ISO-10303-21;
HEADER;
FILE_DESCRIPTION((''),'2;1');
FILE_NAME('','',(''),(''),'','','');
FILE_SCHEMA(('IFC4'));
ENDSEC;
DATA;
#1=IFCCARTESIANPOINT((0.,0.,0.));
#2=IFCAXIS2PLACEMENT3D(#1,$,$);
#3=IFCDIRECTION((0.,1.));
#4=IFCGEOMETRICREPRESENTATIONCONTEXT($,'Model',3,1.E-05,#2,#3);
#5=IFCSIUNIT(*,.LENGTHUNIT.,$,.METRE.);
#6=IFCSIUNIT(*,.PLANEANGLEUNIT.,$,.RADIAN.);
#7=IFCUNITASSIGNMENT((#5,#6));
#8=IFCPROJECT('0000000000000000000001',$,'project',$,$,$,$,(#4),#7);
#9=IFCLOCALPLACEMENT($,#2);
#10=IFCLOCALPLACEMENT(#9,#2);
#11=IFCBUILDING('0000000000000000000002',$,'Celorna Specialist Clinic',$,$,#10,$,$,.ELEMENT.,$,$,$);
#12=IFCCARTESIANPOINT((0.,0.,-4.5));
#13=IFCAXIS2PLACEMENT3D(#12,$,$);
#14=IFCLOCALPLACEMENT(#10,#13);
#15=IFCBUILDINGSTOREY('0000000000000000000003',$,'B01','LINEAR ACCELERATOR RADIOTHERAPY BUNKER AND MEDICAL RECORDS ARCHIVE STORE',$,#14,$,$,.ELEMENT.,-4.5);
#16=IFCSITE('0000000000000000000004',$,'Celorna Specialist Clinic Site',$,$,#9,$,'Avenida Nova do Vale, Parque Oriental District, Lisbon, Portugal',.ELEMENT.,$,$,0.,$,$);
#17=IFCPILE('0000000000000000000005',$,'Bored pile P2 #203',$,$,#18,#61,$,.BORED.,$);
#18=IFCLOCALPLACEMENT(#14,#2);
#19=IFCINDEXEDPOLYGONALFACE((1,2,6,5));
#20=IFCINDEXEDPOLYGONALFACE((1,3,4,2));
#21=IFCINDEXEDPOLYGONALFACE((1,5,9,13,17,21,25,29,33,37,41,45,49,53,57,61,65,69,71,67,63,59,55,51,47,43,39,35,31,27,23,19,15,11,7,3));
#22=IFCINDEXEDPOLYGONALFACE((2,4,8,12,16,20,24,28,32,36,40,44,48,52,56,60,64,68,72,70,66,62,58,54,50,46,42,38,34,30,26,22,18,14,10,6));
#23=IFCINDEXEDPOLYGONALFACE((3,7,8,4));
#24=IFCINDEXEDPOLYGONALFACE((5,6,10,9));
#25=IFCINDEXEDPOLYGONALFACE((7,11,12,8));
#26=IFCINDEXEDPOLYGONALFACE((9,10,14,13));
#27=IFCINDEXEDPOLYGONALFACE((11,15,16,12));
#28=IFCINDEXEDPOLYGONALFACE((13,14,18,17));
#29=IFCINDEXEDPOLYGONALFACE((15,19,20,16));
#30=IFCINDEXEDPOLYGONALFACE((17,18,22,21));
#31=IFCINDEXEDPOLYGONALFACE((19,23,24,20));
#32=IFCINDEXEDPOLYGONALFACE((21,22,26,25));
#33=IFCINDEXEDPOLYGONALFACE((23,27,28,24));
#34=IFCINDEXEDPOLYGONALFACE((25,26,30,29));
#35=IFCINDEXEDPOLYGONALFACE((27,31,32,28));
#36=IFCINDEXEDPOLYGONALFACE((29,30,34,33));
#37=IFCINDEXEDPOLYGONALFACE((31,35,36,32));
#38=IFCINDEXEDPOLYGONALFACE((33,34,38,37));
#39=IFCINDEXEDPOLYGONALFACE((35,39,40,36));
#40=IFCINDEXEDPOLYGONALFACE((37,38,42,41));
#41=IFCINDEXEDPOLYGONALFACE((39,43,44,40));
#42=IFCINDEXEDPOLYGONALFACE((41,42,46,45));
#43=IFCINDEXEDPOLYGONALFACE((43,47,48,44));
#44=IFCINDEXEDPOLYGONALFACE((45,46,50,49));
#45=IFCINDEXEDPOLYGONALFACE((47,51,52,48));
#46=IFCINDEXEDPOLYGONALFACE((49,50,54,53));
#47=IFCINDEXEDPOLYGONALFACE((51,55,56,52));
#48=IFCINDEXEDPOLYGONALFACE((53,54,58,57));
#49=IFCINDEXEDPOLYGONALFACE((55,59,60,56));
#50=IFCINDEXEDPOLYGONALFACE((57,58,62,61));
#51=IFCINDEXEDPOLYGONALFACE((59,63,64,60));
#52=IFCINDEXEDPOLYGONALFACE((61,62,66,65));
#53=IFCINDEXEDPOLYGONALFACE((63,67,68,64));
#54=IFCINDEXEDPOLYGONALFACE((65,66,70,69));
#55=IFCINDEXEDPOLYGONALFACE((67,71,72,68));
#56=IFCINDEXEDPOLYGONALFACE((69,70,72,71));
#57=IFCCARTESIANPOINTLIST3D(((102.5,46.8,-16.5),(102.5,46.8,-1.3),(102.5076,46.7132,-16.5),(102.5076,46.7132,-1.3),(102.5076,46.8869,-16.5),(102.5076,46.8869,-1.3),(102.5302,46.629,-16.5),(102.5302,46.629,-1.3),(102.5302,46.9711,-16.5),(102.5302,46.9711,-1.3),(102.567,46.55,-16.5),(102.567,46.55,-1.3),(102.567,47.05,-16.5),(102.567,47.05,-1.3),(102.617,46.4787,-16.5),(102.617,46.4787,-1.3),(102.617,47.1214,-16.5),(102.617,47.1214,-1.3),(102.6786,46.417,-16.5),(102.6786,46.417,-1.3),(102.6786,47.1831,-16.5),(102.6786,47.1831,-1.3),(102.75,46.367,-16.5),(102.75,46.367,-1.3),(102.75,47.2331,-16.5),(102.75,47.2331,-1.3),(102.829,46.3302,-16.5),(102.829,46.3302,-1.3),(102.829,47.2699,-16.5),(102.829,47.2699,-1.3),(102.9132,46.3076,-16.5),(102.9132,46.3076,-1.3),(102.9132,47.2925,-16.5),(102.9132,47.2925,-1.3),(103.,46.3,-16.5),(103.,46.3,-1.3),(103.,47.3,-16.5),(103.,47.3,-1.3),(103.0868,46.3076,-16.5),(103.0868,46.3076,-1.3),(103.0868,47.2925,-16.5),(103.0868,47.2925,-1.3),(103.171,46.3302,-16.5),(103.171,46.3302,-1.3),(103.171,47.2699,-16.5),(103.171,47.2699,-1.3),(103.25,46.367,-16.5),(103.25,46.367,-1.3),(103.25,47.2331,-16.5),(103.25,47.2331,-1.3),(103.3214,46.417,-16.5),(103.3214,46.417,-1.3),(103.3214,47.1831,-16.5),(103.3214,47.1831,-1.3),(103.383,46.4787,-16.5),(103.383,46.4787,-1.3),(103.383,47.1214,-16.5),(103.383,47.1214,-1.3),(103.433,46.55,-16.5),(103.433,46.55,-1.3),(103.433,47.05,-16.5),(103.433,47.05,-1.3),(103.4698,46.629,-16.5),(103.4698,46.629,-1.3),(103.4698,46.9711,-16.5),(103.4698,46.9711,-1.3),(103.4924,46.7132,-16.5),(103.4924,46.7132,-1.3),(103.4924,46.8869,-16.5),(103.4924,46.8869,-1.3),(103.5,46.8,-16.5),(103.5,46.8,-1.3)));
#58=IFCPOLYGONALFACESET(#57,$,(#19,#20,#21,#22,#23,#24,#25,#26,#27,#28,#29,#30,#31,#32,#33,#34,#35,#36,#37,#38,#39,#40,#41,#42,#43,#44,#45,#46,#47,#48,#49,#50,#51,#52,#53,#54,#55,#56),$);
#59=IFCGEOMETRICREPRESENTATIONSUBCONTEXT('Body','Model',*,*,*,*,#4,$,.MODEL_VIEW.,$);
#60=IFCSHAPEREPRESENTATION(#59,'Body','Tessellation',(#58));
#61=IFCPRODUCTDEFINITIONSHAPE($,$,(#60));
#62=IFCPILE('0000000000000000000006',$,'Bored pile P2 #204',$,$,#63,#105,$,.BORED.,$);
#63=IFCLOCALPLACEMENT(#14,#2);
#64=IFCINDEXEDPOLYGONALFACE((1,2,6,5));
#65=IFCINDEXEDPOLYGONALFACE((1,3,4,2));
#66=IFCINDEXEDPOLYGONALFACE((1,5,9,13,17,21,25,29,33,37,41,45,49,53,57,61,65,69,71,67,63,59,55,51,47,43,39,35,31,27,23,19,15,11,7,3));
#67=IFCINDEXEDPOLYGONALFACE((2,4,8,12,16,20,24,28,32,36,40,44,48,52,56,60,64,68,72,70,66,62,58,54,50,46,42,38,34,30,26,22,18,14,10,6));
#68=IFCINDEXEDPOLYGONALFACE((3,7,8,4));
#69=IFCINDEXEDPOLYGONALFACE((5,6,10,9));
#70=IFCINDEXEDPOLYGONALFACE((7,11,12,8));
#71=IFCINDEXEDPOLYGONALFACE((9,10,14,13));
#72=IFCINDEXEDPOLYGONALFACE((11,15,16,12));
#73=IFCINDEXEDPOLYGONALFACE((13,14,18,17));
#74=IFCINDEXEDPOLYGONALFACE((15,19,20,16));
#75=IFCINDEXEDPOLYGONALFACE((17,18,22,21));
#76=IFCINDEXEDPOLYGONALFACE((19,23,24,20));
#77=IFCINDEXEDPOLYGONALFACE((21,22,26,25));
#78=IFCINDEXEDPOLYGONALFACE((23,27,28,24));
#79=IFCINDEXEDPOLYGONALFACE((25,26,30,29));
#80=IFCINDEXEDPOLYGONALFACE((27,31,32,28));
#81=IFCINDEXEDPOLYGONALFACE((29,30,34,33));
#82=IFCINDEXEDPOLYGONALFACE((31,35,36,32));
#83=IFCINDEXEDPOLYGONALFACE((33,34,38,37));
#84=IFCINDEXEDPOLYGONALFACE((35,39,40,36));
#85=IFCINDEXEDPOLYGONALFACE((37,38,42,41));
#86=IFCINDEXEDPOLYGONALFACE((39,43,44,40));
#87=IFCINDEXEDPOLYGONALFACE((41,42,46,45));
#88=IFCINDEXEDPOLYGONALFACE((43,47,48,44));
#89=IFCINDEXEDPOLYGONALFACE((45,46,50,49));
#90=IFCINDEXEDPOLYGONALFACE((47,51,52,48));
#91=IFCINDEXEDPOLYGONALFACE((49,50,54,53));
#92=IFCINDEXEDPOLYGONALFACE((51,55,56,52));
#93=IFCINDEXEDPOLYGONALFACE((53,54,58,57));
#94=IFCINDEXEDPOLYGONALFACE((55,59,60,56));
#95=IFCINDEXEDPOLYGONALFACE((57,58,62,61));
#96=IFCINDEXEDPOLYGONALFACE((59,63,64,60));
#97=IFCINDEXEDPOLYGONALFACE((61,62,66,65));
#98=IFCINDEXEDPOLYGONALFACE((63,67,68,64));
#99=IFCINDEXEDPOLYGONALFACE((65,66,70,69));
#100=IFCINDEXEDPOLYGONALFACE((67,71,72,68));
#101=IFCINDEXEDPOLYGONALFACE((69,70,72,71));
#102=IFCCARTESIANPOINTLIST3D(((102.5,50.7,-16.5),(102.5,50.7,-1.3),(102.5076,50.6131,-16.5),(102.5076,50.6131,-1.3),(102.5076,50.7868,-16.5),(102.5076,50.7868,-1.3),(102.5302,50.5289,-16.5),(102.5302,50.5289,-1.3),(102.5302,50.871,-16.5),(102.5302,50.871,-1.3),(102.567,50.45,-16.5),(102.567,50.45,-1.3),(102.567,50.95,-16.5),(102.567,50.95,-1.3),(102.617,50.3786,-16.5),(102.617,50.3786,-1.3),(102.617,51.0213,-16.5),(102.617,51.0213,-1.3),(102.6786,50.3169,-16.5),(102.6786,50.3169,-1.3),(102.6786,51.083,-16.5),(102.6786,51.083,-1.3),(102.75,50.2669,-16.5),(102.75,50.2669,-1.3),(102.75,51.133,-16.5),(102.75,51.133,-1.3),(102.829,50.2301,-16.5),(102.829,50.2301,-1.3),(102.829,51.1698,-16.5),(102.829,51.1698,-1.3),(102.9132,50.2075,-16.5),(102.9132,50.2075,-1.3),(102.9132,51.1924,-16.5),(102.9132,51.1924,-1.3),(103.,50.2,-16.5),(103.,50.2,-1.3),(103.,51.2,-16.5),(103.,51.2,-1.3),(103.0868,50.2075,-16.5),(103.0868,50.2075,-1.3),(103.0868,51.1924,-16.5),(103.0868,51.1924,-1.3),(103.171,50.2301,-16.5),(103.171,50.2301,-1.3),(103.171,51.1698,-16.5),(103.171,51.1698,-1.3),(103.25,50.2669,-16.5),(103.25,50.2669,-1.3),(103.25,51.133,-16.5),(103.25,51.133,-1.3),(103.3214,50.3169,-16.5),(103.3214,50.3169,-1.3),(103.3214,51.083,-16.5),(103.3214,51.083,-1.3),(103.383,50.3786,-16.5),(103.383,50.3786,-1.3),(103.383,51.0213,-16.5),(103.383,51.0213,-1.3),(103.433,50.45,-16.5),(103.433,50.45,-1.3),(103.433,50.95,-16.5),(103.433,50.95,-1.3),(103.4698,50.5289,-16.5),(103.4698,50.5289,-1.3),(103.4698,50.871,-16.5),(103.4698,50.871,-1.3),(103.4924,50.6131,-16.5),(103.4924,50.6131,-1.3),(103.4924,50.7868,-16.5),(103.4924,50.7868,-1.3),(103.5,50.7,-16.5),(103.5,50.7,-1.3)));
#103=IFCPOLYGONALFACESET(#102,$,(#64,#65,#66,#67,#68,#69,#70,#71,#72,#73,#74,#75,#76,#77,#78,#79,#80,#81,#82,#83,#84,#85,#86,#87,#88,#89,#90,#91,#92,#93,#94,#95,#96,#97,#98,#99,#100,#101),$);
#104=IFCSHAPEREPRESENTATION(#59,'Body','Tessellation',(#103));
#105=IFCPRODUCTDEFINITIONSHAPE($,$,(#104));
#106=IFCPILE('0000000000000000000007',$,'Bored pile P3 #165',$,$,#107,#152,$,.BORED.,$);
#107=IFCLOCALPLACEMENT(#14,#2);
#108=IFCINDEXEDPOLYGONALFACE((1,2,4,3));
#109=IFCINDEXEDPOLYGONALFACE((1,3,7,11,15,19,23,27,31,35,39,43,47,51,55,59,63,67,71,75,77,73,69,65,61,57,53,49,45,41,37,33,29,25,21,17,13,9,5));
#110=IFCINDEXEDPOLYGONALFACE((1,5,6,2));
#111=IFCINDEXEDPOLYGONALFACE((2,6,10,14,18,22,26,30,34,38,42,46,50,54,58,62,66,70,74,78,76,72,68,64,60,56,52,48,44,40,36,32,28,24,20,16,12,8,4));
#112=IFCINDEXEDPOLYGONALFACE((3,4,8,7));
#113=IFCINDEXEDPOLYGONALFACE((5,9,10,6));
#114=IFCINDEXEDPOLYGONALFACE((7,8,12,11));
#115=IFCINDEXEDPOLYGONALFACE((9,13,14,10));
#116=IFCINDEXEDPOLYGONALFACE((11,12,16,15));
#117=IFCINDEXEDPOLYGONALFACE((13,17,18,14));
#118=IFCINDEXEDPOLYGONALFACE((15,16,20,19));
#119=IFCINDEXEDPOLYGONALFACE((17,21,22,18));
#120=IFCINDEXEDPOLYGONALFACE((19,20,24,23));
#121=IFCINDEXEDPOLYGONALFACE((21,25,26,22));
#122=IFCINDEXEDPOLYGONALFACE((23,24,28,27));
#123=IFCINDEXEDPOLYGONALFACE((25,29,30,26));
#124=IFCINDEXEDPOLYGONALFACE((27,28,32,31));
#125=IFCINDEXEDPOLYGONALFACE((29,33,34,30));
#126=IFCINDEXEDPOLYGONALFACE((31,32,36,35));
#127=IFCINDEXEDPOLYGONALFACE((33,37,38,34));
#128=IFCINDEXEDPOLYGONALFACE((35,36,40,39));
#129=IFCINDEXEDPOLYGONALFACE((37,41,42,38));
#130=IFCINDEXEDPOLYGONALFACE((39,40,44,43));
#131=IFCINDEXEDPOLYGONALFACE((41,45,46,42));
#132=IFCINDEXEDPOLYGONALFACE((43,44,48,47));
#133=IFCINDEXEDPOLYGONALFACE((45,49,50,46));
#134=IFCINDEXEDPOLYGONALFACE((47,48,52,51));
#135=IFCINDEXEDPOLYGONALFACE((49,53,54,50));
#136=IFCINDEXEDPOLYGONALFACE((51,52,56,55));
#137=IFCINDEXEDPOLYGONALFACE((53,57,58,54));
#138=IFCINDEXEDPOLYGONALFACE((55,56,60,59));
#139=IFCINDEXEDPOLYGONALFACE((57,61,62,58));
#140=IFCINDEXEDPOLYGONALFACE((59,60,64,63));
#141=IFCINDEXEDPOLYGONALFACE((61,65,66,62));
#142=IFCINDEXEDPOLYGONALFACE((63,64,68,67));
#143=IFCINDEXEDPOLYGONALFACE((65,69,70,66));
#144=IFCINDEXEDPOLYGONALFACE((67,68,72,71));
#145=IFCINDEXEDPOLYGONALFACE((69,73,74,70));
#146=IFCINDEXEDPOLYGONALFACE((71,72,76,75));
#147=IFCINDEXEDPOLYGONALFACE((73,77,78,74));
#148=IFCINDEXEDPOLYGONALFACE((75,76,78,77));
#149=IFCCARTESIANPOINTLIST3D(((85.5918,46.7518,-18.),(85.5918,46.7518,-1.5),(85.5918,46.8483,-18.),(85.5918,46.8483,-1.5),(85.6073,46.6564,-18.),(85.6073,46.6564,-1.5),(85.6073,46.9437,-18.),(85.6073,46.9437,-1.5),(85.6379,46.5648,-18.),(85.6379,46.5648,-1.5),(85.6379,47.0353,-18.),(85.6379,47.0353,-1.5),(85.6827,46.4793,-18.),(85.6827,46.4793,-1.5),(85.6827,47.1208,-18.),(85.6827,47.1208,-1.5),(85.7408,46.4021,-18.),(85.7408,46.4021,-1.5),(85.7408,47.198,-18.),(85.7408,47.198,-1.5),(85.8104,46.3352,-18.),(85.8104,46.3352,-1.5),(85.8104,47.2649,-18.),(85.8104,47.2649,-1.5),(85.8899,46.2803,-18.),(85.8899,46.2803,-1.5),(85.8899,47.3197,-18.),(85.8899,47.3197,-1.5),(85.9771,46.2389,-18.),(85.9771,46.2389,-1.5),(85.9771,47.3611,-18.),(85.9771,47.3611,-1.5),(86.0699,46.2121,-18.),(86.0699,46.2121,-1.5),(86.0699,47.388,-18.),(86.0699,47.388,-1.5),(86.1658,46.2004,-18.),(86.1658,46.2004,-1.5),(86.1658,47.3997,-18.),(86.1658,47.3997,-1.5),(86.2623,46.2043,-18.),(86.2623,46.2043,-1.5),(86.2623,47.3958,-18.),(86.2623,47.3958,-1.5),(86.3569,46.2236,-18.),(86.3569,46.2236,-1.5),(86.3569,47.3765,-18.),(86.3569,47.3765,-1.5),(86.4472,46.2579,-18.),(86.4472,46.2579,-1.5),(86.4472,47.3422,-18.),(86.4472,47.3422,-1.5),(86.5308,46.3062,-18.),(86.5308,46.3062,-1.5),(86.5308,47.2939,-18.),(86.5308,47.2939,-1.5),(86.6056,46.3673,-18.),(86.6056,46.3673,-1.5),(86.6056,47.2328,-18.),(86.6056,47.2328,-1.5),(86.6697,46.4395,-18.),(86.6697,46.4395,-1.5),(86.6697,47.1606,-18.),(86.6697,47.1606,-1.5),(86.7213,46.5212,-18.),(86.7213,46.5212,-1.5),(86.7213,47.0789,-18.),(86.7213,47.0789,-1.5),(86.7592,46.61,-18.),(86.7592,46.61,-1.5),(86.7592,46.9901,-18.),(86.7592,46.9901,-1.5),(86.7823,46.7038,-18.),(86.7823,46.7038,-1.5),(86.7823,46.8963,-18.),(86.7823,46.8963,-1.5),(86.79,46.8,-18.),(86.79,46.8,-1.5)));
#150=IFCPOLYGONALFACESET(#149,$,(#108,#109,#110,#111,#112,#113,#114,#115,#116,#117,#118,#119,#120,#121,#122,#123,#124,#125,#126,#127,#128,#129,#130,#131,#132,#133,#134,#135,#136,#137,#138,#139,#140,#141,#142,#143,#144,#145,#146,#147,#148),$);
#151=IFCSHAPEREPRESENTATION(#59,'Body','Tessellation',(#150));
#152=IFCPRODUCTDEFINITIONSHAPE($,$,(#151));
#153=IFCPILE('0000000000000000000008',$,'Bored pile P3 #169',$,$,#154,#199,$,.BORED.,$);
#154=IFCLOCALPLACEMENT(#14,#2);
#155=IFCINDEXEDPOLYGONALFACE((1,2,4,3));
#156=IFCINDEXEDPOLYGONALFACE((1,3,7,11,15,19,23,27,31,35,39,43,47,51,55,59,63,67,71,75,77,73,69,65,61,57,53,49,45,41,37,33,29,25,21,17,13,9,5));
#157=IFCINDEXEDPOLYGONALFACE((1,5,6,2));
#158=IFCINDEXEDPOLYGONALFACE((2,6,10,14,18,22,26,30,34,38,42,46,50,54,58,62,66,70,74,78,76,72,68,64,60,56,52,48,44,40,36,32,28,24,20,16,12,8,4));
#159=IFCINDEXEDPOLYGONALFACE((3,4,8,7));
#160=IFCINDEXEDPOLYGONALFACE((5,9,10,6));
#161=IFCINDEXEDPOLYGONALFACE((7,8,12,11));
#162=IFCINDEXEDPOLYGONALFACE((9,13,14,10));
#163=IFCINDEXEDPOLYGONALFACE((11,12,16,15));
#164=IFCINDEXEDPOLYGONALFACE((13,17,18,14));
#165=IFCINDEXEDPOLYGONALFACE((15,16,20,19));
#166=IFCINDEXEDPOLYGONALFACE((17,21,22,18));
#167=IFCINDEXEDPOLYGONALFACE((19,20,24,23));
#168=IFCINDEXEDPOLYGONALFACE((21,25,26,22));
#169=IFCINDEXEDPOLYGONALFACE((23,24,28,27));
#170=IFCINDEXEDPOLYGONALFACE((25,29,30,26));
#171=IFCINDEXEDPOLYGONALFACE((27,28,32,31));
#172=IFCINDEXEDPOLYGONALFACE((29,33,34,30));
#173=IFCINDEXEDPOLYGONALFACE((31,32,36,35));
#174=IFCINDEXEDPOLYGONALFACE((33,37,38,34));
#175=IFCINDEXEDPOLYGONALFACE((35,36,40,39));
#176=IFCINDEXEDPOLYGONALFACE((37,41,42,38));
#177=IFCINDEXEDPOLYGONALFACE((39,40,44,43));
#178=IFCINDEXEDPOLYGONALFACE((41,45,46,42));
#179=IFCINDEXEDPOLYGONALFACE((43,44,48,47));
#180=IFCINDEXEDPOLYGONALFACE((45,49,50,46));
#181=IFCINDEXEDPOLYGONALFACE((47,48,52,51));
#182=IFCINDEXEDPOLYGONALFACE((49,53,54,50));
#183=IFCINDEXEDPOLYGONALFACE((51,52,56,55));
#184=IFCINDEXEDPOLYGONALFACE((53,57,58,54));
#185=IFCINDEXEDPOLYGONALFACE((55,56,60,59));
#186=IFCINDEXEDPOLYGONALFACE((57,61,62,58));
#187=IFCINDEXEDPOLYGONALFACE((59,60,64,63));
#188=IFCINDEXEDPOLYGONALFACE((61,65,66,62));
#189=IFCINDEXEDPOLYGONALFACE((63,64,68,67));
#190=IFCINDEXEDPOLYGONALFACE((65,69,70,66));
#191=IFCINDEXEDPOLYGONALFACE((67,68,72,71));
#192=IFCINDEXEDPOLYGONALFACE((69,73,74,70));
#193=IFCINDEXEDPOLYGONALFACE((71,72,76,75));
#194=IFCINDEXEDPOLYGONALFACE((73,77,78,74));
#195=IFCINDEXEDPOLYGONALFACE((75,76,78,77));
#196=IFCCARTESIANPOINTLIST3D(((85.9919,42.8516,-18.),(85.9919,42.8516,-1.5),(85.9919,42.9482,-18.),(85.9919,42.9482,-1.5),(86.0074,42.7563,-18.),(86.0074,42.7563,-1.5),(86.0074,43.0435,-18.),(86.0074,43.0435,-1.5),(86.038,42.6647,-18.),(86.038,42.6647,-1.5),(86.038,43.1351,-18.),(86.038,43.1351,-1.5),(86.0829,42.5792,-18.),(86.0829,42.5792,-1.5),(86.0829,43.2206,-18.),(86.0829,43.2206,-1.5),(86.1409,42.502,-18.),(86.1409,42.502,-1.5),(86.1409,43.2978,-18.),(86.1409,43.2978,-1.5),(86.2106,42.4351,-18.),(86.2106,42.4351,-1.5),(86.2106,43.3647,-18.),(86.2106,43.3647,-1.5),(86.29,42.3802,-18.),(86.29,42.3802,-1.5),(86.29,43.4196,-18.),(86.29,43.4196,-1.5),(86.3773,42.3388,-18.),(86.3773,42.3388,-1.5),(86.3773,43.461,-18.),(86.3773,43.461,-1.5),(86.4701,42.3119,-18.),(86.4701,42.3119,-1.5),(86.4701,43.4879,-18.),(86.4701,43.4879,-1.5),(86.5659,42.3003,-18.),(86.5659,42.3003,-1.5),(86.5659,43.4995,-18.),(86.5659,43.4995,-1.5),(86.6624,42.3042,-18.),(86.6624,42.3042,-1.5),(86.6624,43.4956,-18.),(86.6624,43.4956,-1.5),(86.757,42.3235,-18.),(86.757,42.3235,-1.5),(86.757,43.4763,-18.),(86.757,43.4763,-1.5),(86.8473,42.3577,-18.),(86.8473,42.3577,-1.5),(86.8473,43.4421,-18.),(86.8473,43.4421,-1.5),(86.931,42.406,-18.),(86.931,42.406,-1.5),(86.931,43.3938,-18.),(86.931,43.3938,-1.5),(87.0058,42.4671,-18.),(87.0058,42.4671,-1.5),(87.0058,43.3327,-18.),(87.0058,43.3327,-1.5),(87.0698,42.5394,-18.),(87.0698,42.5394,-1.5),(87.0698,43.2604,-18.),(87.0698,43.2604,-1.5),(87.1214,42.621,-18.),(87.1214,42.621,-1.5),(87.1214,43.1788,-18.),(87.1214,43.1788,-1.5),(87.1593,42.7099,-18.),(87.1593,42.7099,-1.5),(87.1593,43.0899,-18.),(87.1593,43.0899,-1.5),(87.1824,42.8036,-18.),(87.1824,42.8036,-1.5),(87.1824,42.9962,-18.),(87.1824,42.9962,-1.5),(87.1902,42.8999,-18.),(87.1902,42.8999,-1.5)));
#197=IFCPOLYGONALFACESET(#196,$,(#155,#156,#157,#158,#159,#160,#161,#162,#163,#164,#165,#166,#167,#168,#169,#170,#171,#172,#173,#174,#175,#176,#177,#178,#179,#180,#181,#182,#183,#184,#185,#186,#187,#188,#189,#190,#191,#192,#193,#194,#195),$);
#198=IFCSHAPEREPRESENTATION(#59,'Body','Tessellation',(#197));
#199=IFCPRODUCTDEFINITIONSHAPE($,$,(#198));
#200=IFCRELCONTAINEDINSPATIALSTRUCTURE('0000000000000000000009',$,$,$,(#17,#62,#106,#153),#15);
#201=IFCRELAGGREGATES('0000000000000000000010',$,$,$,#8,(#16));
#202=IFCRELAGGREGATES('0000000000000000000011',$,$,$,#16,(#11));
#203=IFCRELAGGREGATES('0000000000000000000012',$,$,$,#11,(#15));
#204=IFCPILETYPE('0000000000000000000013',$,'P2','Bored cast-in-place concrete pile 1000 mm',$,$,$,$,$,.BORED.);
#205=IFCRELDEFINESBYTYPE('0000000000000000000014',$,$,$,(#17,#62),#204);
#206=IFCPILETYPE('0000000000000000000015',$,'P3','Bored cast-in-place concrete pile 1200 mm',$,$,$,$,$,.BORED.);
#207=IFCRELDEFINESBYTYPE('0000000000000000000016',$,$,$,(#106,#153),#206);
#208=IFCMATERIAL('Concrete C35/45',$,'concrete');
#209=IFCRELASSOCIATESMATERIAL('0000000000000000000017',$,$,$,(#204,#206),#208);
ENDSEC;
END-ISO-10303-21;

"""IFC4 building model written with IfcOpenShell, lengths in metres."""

from ifc_helpers import new_model, si_unit, direction, frame, origin, origin_2d, place, context, subcontext, project, spatial, circle, extrude, material, material_profile, profile_set, type_object, element, save


model = new_model("IFC4")

# Units and contexts
model_context = context("Model", 3, precision=1e-05, world=origin(), true_north=direction((0.0, 1.0)))
body_context = subcontext(model_context, "Body", "Model", "MODEL_VIEW")
ifc_project = project(units=[si_unit("LENGTHUNIT", "METRE"), si_unit("PLANEANGLEUNIT", "RADIAN")], contexts=[model_context])

# Site, building, storey
site_placement = place(None, origin())
site = spatial("IfcSite", under=ifc_project, at=site_placement, Name="Celorna Specialist Clinic Site", LongName="Avenida Nova do Vale, Parque Oriental District, Lisbon, Portugal", CompositionType="ELEMENT", RefElevation=0.0)
building_placement = place(site_placement, origin())
building = spatial("IfcBuilding", under=site, at=building_placement, Name="Celorna Specialist Clinic", CompositionType="ELEMENT")
storey_placement = place(building_placement, frame((0.0, 0.0, -4.5)))
storey = spatial("IfcBuildingStorey", under=building, at=storey_placement, Name="B01", Description="LINEAR ACCELERATOR RADIOTHERAPY BUNKER AND MEDICAL RECORDS ARCHIVE STORE", CompositionType="ELEMENT", Elevation=-4.5)

# Shared definitions
ifc_material_1 = material(Name="Concrete C35/45", Category="concrete")

# Piles
ifc_material_profile_1 = material_profile(ifc_material_1, circle(Radius=0.5, at=origin_2d()), Name="BORED PILE 1000")
ifc_profile_set_1 = profile_set([ifc_material_profile_1], Name="Concrete C35/45")
pile_type_1 = type_object("IfcPileType", Name="P2", Description="Bored cast-in-place concrete pile 1000 mm", PredefinedType="BORED", material=ifc_profile_set_1)
for number, where, z_axis, x_axis, name in (
    (1, (103.0, 46.8, -1.3), (0.0, 0.0, -1.0), (1.0, 0.0, 0.0), "Bored pile P2 #203"),
    (2, (103.0, 50.7, -1.3), (0.0, 0.0, -1.0), (1.0, 0.0, 0.0), "Bored pile P2 #204"),
):
    element("IfcPile", number, at=place(storey_placement, frame(where, z_axis=z_axis, x_axis=x_axis)), inside=storey, type_object=pile_type_1, Name=name, PredefinedType="BORED", context=body_context, shape_type="SweptSolid", body=[
        extrude(circle(Radius=0.5, at=origin_2d()), origin(), (0.0, 0.0, 1.0), 15.2),
    ])
ifc_material_profile_2 = material_profile(ifc_material_1, circle(Radius=0.6001, at=origin_2d()), Name="BORED PILE 1200")
ifc_profile_set_2 = profile_set([ifc_material_profile_2], Name="Concrete C35/45")
pile_type_2 = type_object("IfcPileType", Name="P3", Description="Bored cast-in-place concrete pile 1200 mm", PredefinedType="BORED", material=ifc_profile_set_2)
for number, where, z_axis, x_axis, name in (
    (3, (86.1899, 46.8, -1.5), (0.0, 0.0, -1.0), (1.0, 0.0, 0.0), "Bored pile P3 #165"),
    (4, (86.5901, 42.8999, -1.5), (0.0, 0.0, -1.0), (1.0, 0.0, 0.0), "Bored pile P3 #169"),
):
    element("IfcPile", number, at=place(storey_placement, frame(where, z_axis=z_axis, x_axis=x_axis)), inside=storey, type_object=pile_type_2, Name=name, PredefinedType="BORED", context=body_context, shape_type="SweptSolid", body=[
        extrude(circle(Radius=0.6001, at=origin_2d()), origin(), (0.0, 0.0, 1.0), 16.5),
    ])

save(model, "model.ifc")
